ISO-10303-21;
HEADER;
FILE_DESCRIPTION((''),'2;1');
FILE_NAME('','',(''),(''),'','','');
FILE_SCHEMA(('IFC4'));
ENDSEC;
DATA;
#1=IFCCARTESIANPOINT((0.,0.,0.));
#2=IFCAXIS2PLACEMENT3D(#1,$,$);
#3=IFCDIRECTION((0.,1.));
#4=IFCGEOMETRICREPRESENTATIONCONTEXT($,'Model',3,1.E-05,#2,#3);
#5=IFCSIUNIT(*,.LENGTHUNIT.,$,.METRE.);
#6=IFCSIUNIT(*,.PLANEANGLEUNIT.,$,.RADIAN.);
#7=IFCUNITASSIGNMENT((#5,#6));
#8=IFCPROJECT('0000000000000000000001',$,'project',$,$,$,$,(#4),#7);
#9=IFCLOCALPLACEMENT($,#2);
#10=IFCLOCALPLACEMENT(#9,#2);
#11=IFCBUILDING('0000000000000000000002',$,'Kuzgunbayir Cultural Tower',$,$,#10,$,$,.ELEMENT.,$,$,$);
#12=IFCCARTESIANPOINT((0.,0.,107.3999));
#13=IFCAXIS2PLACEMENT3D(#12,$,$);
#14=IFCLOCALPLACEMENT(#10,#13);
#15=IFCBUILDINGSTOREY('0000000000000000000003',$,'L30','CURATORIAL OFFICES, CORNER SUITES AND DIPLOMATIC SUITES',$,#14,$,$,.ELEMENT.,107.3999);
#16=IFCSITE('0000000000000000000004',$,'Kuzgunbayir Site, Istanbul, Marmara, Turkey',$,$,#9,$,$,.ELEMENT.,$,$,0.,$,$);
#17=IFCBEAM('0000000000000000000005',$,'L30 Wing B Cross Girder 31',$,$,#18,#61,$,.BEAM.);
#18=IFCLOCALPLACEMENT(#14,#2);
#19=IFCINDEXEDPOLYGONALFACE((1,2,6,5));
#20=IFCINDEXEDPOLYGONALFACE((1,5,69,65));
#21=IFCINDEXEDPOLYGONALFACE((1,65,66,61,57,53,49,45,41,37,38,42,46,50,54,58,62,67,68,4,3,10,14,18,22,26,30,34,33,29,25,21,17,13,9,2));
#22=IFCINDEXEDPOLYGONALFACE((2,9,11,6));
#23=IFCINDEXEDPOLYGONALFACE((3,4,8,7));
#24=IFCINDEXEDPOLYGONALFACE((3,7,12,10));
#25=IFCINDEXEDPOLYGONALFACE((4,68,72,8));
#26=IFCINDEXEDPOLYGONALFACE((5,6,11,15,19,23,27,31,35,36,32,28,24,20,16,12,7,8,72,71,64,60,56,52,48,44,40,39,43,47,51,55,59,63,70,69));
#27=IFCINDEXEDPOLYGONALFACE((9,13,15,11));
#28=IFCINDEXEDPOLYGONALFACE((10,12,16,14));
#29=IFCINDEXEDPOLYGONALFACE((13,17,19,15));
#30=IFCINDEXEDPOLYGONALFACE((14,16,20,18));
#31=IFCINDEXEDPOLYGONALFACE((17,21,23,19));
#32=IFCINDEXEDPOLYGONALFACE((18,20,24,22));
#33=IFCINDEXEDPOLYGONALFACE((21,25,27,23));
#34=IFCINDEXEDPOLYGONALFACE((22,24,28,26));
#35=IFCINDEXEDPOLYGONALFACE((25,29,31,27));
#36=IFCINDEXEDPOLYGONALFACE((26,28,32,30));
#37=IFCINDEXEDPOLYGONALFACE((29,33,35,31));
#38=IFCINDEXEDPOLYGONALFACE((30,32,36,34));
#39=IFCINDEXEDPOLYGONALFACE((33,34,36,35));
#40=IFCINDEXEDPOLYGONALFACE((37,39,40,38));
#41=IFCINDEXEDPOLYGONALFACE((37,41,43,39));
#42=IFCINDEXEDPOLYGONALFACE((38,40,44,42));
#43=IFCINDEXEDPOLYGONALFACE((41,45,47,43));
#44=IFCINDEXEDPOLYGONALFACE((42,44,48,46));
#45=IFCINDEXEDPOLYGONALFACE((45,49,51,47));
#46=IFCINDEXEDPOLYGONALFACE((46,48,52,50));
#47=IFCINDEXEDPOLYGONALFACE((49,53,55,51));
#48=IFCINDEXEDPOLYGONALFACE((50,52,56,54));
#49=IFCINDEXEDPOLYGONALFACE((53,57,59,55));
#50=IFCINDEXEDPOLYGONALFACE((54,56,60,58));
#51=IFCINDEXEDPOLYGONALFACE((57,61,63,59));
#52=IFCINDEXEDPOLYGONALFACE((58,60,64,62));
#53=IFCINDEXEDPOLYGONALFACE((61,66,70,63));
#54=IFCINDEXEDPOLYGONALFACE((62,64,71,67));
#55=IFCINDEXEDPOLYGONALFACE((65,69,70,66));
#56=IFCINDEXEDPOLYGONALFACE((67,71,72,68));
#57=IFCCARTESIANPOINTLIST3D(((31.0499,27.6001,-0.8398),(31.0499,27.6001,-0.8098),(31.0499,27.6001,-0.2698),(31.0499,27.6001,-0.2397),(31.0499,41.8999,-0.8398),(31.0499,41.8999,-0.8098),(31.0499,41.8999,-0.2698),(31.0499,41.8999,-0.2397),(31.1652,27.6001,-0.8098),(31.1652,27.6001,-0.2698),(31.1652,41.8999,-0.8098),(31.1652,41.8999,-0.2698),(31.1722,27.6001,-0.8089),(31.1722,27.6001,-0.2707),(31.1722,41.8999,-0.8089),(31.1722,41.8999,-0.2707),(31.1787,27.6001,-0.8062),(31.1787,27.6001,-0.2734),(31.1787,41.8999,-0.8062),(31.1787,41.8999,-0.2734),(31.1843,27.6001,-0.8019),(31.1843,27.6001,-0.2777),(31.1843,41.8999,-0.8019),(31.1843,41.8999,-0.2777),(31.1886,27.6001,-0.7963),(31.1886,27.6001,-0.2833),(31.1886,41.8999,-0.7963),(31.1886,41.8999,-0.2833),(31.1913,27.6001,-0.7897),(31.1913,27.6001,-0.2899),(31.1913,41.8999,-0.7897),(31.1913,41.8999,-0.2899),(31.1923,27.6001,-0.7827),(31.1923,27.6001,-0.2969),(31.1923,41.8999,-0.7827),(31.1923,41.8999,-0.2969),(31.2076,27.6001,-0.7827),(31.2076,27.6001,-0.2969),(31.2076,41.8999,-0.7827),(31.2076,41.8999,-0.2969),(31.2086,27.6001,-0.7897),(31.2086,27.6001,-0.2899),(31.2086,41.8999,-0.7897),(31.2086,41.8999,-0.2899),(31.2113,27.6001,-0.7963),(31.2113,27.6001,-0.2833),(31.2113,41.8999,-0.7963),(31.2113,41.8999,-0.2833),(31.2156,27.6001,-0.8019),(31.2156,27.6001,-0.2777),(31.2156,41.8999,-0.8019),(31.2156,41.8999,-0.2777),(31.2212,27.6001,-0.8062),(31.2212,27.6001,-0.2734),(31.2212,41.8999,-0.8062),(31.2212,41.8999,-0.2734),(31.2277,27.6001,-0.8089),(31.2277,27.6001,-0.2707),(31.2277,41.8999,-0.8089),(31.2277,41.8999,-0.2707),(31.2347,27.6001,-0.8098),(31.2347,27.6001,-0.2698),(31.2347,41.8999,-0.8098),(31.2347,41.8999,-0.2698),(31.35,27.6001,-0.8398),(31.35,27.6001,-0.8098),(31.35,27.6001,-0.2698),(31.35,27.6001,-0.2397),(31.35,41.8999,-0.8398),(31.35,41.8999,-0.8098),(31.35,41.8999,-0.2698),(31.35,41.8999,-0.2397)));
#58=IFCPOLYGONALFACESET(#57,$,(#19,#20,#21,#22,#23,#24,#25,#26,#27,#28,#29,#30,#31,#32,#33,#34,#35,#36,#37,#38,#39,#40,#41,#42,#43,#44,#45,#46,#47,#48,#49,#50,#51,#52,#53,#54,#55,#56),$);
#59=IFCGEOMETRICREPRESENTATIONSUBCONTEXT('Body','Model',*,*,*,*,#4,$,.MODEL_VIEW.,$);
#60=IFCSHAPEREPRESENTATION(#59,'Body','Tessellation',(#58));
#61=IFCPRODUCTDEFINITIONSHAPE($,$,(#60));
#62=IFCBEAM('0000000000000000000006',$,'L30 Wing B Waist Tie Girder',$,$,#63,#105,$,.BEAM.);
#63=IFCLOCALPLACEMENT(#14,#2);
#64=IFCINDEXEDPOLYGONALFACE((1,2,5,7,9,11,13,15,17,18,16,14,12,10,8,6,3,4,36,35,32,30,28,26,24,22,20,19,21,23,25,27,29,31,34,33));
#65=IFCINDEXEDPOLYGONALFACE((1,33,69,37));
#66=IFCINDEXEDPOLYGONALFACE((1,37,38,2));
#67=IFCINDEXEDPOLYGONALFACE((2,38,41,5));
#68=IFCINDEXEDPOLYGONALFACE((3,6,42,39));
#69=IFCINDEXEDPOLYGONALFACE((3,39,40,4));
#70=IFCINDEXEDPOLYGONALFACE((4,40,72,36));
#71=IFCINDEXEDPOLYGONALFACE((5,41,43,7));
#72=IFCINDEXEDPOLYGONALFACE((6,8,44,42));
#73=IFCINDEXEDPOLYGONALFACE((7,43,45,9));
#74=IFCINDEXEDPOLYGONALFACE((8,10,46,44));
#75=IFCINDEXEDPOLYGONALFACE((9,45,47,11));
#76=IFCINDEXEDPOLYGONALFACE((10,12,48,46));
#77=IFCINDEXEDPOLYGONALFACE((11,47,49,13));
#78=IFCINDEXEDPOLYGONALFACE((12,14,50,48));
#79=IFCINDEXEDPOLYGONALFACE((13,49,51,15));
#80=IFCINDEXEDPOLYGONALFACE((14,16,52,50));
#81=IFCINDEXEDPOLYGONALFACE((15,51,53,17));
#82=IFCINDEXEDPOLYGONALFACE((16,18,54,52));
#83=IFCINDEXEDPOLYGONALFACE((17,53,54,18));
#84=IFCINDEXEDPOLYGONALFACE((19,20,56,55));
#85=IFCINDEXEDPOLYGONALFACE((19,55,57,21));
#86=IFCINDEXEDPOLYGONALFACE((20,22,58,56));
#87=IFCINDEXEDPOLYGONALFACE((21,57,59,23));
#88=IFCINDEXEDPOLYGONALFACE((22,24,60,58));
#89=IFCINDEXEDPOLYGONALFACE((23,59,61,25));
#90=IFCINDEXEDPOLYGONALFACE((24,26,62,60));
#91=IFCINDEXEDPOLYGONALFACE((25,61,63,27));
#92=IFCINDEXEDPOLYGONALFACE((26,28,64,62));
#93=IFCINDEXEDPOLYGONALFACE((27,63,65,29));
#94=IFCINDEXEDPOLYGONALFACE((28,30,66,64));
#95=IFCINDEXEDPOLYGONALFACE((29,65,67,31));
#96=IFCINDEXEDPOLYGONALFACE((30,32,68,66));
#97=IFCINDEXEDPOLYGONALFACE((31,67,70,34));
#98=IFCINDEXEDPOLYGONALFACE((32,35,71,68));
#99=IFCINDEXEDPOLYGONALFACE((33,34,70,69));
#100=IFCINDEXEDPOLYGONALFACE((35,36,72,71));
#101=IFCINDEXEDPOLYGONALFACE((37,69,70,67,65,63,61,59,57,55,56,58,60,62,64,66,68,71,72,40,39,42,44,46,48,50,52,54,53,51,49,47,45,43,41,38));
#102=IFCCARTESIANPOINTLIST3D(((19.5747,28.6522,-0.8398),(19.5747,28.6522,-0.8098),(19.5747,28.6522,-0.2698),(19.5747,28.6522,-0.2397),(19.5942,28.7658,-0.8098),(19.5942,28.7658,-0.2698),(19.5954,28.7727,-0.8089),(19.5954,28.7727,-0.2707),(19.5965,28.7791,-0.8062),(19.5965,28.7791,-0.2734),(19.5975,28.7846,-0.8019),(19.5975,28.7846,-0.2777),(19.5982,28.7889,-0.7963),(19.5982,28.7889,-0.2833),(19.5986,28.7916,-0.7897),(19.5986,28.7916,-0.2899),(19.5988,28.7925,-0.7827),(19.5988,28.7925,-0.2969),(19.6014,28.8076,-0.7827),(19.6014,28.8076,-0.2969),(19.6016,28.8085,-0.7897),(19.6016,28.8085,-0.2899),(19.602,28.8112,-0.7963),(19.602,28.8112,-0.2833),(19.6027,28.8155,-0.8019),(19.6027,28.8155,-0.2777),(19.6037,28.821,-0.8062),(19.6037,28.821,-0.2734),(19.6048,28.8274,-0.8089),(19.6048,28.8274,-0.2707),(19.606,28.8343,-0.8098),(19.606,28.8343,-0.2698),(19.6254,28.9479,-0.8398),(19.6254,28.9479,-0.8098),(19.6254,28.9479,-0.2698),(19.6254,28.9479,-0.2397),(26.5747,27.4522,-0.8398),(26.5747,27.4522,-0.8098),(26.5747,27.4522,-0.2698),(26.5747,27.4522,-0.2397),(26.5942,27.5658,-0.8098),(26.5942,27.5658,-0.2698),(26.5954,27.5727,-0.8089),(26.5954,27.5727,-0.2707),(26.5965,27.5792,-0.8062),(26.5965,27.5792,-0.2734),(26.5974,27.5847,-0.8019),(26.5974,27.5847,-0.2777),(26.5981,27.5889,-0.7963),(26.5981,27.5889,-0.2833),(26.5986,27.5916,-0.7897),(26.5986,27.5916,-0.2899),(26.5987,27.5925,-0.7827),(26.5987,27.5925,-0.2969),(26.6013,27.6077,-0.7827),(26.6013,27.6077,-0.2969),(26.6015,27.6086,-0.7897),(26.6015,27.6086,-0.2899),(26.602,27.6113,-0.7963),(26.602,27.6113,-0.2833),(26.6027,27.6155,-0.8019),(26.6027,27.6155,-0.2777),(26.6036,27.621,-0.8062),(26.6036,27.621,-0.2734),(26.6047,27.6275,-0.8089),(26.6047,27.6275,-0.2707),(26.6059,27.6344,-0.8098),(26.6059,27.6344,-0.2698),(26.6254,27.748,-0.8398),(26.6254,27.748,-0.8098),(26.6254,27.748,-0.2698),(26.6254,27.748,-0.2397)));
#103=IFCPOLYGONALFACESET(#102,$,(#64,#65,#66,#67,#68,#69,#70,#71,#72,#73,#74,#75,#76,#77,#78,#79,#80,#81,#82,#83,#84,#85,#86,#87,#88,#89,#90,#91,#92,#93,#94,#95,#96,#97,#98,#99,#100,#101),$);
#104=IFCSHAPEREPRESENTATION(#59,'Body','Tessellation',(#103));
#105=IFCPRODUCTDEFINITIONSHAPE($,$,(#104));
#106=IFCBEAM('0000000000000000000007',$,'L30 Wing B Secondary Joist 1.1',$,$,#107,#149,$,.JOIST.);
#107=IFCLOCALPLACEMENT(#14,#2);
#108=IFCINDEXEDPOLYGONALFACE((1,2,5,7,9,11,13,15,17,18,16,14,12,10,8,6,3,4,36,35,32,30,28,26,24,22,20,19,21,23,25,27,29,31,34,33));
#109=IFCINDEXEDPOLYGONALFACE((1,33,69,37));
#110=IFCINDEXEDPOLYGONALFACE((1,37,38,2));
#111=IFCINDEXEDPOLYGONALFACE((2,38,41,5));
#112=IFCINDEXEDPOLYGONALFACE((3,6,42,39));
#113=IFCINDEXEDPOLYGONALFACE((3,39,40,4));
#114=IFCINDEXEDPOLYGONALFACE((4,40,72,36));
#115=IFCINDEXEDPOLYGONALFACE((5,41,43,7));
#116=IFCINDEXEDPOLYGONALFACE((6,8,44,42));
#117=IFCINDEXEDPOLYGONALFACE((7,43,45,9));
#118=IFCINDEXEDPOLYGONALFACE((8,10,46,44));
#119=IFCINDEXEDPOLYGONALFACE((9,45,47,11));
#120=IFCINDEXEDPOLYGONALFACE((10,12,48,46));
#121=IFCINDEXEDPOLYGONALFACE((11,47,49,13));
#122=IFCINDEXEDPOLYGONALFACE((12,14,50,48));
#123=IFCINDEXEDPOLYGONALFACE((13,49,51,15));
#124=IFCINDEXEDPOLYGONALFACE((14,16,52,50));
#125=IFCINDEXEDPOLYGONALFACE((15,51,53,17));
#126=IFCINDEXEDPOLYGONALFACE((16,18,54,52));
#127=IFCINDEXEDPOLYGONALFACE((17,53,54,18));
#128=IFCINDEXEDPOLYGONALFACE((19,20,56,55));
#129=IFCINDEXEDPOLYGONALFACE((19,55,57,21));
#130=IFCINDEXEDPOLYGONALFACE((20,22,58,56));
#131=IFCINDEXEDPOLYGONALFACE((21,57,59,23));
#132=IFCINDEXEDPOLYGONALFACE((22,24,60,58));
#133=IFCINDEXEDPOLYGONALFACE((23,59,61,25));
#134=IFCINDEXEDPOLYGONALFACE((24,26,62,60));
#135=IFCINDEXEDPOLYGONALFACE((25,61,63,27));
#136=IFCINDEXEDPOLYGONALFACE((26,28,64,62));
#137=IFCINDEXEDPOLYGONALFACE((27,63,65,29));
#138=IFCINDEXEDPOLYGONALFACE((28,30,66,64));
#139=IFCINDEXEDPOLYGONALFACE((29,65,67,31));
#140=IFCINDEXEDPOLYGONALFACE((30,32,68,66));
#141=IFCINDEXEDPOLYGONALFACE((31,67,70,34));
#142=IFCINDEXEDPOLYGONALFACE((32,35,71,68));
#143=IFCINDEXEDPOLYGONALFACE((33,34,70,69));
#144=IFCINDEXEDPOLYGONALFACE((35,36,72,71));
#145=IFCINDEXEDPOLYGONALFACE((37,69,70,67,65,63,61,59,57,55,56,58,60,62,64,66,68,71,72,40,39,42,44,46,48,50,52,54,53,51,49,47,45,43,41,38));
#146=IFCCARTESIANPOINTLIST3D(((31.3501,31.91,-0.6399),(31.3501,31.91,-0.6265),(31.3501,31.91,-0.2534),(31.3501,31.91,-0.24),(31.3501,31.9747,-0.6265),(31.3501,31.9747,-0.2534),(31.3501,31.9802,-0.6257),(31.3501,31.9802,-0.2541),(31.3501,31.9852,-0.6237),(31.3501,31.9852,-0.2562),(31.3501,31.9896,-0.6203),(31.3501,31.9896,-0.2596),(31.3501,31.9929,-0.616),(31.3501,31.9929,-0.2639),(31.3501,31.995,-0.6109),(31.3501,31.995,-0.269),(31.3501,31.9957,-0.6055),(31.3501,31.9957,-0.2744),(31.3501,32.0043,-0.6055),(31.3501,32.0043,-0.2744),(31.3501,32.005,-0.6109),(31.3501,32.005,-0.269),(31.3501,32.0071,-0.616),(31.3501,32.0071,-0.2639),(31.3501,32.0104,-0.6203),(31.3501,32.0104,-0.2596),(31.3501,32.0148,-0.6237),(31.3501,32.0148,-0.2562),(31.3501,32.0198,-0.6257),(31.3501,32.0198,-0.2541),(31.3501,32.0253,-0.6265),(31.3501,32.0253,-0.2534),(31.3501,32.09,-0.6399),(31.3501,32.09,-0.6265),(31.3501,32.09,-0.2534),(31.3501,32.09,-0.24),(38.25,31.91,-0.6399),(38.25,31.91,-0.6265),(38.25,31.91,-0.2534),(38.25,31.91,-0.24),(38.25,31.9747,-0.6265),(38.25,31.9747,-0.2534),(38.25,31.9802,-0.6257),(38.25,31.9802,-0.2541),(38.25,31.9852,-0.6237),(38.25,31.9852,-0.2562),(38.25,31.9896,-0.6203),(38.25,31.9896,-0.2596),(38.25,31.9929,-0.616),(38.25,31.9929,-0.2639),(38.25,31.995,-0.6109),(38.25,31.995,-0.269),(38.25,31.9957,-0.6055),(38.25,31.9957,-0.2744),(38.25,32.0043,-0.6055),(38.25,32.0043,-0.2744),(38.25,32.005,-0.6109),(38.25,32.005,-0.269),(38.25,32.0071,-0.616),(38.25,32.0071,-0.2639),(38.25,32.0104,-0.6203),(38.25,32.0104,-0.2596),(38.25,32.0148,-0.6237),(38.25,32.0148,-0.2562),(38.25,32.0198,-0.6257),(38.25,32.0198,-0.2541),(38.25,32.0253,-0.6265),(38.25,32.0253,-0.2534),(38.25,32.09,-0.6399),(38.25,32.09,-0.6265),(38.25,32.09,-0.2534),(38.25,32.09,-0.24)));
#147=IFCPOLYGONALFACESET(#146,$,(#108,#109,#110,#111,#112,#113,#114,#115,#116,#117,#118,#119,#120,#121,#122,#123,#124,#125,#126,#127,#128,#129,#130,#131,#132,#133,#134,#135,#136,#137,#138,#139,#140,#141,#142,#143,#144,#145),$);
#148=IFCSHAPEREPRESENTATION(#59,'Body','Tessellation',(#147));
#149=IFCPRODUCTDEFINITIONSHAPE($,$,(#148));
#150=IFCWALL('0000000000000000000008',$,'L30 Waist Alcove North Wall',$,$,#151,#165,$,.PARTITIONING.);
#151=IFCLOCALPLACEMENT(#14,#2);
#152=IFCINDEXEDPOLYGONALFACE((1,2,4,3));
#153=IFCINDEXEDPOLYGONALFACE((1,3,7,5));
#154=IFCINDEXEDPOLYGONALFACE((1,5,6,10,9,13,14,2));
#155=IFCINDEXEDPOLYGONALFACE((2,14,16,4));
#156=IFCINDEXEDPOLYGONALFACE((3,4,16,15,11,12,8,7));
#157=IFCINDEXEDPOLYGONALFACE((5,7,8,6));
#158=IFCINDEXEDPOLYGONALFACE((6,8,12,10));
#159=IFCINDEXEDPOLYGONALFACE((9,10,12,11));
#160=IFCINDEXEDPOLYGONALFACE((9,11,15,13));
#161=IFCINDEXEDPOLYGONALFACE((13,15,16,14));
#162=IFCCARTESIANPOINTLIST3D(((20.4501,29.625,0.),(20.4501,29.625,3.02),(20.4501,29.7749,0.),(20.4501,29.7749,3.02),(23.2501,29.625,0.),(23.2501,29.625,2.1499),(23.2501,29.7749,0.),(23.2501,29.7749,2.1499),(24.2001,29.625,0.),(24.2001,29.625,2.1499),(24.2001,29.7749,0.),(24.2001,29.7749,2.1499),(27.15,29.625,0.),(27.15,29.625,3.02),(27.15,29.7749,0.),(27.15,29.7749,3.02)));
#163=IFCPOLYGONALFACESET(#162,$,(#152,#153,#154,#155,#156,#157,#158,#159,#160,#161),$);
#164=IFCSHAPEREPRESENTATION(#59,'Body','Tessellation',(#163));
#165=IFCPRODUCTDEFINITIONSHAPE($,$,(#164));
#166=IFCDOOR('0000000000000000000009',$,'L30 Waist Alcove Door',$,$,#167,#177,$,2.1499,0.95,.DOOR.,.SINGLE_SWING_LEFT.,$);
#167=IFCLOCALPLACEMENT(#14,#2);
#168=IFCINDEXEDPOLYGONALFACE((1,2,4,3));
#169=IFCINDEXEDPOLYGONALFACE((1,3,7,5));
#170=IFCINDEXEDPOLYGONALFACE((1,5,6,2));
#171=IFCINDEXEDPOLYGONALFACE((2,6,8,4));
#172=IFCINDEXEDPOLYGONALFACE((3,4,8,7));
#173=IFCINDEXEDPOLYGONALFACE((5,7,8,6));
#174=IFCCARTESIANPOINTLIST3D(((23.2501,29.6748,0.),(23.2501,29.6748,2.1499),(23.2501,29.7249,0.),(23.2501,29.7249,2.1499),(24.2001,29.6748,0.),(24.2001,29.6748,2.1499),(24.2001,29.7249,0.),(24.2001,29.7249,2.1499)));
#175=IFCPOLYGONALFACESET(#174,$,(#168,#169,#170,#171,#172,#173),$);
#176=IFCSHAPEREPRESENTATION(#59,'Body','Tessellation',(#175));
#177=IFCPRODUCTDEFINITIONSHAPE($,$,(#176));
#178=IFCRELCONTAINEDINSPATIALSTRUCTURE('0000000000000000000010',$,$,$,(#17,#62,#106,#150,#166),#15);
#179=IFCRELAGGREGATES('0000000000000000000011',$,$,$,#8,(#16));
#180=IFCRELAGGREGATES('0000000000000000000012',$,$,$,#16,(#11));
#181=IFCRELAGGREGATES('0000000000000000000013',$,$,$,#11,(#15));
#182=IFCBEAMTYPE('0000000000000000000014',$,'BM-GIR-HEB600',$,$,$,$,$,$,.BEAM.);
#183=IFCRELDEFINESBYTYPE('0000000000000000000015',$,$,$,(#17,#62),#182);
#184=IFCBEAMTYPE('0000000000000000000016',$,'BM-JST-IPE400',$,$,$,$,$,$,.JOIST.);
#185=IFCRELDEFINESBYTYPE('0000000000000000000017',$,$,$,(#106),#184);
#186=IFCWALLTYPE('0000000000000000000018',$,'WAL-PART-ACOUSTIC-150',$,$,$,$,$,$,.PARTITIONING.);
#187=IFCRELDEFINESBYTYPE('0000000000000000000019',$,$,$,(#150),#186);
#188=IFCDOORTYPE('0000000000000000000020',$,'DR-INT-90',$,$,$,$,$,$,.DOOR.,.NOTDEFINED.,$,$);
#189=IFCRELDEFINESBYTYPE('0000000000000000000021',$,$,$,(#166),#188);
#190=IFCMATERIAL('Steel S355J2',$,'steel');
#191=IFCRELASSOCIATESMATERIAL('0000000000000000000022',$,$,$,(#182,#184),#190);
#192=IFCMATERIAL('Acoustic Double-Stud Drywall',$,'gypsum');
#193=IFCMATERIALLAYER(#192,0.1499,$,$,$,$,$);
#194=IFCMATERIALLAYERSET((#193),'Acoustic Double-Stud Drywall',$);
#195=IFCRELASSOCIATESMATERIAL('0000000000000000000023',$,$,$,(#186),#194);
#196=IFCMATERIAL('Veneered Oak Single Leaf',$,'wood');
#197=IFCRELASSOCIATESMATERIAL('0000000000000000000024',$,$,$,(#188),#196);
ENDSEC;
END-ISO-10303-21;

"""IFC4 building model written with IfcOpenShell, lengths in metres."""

from ifc_helpers import new_model, si_unit, direction, frame, frame_2d, origin, origin_2d, place, context, subcontext, project, spatial, rectangle, i_section, extrude, material, layer, layer_set, material_profile, profile_set, type_object, element, fill, save


model = new_model("IFC4")

# Units and contexts
model_context = context("Model", 3, precision=1e-05, world=origin(), true_north=direction((0.0, 1.0)))
body_context = subcontext(model_context, "Body", "Model", "MODEL_VIEW")
ifc_project = project(units=[si_unit("LENGTHUNIT", "METRE"), si_unit("PLANEANGLEUNIT", "RADIAN")], contexts=[model_context])

# Site, building, storey
site_placement = place(None, origin())
site = spatial("IfcSite", under=ifc_project, at=site_placement, Name="Kuzgunbayir Site, Istanbul, Marmara, Turkey", CompositionType="ELEMENT", RefElevation=0.0)
building_placement = place(site_placement, origin())
building = spatial("IfcBuilding", under=site, at=building_placement, Name="Kuzgunbayir Cultural Tower", CompositionType="ELEMENT")
storey_placement = place(building_placement, frame((0.0, 0.0, 107.3999)))
storey = spatial("IfcBuildingStorey", under=building, at=storey_placement, Name="L30", Description="CURATORIAL OFFICES, CORNER SUITES AND DIPLOMATIC SUITES", CompositionType="ELEMENT", Elevation=107.3999)

# Beams
ifc_material_1 = material(Name="Steel S355J2", Category="steel")
ifc_material_profile_1 = material_profile(ifc_material_1, i_section(OverallWidth=0.3, OverallDepth=0.6001, WebThickness=0.0154, FlangeThickness=0.03, FilletRadius=0.0271, at=origin_2d()), Name="HEB 600")
ifc_profile_set_1 = profile_set([ifc_material_profile_1], Name="Steel S355J2")
beam_type_1 = type_object("IfcBeamType", Name="BM-GIR-HEB600", PredefinedType="BEAM", material=ifc_profile_set_1)
beam_1_placement = place(storey_placement, frame((31.2, 27.6001, -0.5398), z_axis=(0.0, 1.0, 0.0), x_axis=(-1.0, 0.0, 0.0)))
element("IfcBeam", 1, at=beam_1_placement, inside=storey, type_object=beam_type_1, Name="L30 Wing B Cross Girder 31", PredefinedType="BEAM", context=body_context, shape_type="SweptSolid", body=[
    extrude(i_section(OverallWidth=0.3, OverallDepth=0.6001, WebThickness=0.0154, FlangeThickness=0.03, FilletRadius=0.0271, at=origin_2d()), origin(), (0.0, 0.0, 1.0), 14.2998),
])
beam_2_placement = place(storey_placement, frame((19.6001, 28.8, -0.5398), z_axis=(0.985623, -0.168957, 0.0), x_axis=(0.168957, 0.985623, 0.0)))
element("IfcBeam", 2, at=beam_2_placement, inside=storey, type_object=beam_type_1, Name="L30 Wing B Waist Tie Girder", PredefinedType="BEAM", context=body_context, shape_type="SweptSolid", body=[
    extrude(i_section(OverallWidth=0.3, OverallDepth=0.6001, WebThickness=0.0154, FlangeThickness=0.03, FilletRadius=0.0271, at=origin_2d()), origin(), (0.0, 0.0, 1.0), 7.1021),
])
ifc_material_profile_2 = material_profile(ifc_material_1, i_section(OverallWidth=0.1799, OverallDepth=0.3999, WebThickness=0.0085, FlangeThickness=0.0134, FilletRadius=0.021, at=origin_2d()), Name="IPE 400")
ifc_profile_set_2 = profile_set([ifc_material_profile_2], Name="Steel S355J2")
beam_type_2 = type_object("IfcBeamType", Name="BM-JST-IPE400", PredefinedType="JOIST", material=ifc_profile_set_2)
beam_3_placement = place(storey_placement, frame((31.3501, 32.0, -0.4399), z_axis=(1.0, 0.0, 0.0), x_axis=(0.0, 1.0, 0.0)))
element("IfcBeam", 3, at=beam_3_placement, inside=storey, type_object=beam_type_2, Name="L30 Wing B Secondary Joist 1.1", PredefinedType="JOIST", context=body_context, shape_type="SweptSolid", body=[
    extrude(i_section(OverallWidth=0.1799, OverallDepth=0.3999, WebThickness=0.0085, FlangeThickness=0.0134, FilletRadius=0.021, at=origin_2d()), origin(), (0.0, 0.0, 1.0), 6.8999),
])

# Wall, opening, door
ifc_material_2 = material(Name="Acoustic Double-Stud Drywall", Category="gypsum")
ifc_layer_1 = layer(ifc_material_2, 0.1499)
ifc_layer_set_1 = layer_set([ifc_layer_1], Name="Acoustic Double-Stud Drywall")
wall_type_1 = type_object("IfcWallType", Name="WAL-PART-ACOUSTIC-150", PredefinedType="PARTITIONING", material=ifc_layer_set_1)
wall_1_placement = place(storey_placement, frame((20.45, 29.7, 0.0), z_axis=(0.0, 0.0, 1.0), x_axis=(1.0, 0.0, 0.0)))
wall_1 = element("IfcWall", 4, at=wall_1_placement, inside=storey, type_object=wall_type_1, Name="L30 Waist Alcove North Wall", PredefinedType="PARTITIONING", context=body_context, shape_type="SweptSolid", body=[
    extrude(rectangle(XDim=6.7, YDim=0.1499, at=frame_2d((3.3501, 0.0))), origin(), (0.0, 0.0, 1.0), 3.02),
])
opening_1_placement = place(wall_1_placement, frame((2.8, 0.0, 0.0)))
opening_1 = element("IfcOpeningElement", 5, at=opening_1_placement, cuts=wall_1, PredefinedType="OPENING", context=body_context, shape_type="SweptSolid", body=[
    extrude(rectangle(XDim=0.95, YDim=2.1499, at=frame_2d((0.4751, 1.075))), frame((0.0, 0.085, 0.0), z_axis=(0.0, -1.0, 0.0), x_axis=(1.0, 0.0, 0.0)), (0.0, 0.0, 1.0), 0.1699),
])
ifc_material_3 = material(Name="Veneered Oak Single Leaf", Category="wood")
door_type = type_object("IfcDoorType", Name="DR-INT-90", OperationType="NOTDEFINED", PredefinedType="DOOR", material=ifc_material_3)
door_1_placement = place(opening_1_placement, origin())
door_1 = element("IfcDoor", 6, at=door_1_placement, inside=storey, type_object=door_type, Name="L30 Waist Alcove Door", OperationType="SINGLE_SWING_LEFT", OverallHeight=2.1499, OverallWidth=0.95, PredefinedType="DOOR", context=body_context, shape_type="SweptSolid", body=[
    extrude(rectangle(XDim=0.95, YDim=2.1499, at=frame_2d((0.4751, 1.075))), frame((0.0, 0.0249, 0.0), z_axis=(0.0, -1.0, 0.0), x_axis=(1.0, 0.0, 0.0)), (0.0, 0.0, 1.0), 0.05),
])
fill(opening_1, door_1)

save(model, "model.ifc")
